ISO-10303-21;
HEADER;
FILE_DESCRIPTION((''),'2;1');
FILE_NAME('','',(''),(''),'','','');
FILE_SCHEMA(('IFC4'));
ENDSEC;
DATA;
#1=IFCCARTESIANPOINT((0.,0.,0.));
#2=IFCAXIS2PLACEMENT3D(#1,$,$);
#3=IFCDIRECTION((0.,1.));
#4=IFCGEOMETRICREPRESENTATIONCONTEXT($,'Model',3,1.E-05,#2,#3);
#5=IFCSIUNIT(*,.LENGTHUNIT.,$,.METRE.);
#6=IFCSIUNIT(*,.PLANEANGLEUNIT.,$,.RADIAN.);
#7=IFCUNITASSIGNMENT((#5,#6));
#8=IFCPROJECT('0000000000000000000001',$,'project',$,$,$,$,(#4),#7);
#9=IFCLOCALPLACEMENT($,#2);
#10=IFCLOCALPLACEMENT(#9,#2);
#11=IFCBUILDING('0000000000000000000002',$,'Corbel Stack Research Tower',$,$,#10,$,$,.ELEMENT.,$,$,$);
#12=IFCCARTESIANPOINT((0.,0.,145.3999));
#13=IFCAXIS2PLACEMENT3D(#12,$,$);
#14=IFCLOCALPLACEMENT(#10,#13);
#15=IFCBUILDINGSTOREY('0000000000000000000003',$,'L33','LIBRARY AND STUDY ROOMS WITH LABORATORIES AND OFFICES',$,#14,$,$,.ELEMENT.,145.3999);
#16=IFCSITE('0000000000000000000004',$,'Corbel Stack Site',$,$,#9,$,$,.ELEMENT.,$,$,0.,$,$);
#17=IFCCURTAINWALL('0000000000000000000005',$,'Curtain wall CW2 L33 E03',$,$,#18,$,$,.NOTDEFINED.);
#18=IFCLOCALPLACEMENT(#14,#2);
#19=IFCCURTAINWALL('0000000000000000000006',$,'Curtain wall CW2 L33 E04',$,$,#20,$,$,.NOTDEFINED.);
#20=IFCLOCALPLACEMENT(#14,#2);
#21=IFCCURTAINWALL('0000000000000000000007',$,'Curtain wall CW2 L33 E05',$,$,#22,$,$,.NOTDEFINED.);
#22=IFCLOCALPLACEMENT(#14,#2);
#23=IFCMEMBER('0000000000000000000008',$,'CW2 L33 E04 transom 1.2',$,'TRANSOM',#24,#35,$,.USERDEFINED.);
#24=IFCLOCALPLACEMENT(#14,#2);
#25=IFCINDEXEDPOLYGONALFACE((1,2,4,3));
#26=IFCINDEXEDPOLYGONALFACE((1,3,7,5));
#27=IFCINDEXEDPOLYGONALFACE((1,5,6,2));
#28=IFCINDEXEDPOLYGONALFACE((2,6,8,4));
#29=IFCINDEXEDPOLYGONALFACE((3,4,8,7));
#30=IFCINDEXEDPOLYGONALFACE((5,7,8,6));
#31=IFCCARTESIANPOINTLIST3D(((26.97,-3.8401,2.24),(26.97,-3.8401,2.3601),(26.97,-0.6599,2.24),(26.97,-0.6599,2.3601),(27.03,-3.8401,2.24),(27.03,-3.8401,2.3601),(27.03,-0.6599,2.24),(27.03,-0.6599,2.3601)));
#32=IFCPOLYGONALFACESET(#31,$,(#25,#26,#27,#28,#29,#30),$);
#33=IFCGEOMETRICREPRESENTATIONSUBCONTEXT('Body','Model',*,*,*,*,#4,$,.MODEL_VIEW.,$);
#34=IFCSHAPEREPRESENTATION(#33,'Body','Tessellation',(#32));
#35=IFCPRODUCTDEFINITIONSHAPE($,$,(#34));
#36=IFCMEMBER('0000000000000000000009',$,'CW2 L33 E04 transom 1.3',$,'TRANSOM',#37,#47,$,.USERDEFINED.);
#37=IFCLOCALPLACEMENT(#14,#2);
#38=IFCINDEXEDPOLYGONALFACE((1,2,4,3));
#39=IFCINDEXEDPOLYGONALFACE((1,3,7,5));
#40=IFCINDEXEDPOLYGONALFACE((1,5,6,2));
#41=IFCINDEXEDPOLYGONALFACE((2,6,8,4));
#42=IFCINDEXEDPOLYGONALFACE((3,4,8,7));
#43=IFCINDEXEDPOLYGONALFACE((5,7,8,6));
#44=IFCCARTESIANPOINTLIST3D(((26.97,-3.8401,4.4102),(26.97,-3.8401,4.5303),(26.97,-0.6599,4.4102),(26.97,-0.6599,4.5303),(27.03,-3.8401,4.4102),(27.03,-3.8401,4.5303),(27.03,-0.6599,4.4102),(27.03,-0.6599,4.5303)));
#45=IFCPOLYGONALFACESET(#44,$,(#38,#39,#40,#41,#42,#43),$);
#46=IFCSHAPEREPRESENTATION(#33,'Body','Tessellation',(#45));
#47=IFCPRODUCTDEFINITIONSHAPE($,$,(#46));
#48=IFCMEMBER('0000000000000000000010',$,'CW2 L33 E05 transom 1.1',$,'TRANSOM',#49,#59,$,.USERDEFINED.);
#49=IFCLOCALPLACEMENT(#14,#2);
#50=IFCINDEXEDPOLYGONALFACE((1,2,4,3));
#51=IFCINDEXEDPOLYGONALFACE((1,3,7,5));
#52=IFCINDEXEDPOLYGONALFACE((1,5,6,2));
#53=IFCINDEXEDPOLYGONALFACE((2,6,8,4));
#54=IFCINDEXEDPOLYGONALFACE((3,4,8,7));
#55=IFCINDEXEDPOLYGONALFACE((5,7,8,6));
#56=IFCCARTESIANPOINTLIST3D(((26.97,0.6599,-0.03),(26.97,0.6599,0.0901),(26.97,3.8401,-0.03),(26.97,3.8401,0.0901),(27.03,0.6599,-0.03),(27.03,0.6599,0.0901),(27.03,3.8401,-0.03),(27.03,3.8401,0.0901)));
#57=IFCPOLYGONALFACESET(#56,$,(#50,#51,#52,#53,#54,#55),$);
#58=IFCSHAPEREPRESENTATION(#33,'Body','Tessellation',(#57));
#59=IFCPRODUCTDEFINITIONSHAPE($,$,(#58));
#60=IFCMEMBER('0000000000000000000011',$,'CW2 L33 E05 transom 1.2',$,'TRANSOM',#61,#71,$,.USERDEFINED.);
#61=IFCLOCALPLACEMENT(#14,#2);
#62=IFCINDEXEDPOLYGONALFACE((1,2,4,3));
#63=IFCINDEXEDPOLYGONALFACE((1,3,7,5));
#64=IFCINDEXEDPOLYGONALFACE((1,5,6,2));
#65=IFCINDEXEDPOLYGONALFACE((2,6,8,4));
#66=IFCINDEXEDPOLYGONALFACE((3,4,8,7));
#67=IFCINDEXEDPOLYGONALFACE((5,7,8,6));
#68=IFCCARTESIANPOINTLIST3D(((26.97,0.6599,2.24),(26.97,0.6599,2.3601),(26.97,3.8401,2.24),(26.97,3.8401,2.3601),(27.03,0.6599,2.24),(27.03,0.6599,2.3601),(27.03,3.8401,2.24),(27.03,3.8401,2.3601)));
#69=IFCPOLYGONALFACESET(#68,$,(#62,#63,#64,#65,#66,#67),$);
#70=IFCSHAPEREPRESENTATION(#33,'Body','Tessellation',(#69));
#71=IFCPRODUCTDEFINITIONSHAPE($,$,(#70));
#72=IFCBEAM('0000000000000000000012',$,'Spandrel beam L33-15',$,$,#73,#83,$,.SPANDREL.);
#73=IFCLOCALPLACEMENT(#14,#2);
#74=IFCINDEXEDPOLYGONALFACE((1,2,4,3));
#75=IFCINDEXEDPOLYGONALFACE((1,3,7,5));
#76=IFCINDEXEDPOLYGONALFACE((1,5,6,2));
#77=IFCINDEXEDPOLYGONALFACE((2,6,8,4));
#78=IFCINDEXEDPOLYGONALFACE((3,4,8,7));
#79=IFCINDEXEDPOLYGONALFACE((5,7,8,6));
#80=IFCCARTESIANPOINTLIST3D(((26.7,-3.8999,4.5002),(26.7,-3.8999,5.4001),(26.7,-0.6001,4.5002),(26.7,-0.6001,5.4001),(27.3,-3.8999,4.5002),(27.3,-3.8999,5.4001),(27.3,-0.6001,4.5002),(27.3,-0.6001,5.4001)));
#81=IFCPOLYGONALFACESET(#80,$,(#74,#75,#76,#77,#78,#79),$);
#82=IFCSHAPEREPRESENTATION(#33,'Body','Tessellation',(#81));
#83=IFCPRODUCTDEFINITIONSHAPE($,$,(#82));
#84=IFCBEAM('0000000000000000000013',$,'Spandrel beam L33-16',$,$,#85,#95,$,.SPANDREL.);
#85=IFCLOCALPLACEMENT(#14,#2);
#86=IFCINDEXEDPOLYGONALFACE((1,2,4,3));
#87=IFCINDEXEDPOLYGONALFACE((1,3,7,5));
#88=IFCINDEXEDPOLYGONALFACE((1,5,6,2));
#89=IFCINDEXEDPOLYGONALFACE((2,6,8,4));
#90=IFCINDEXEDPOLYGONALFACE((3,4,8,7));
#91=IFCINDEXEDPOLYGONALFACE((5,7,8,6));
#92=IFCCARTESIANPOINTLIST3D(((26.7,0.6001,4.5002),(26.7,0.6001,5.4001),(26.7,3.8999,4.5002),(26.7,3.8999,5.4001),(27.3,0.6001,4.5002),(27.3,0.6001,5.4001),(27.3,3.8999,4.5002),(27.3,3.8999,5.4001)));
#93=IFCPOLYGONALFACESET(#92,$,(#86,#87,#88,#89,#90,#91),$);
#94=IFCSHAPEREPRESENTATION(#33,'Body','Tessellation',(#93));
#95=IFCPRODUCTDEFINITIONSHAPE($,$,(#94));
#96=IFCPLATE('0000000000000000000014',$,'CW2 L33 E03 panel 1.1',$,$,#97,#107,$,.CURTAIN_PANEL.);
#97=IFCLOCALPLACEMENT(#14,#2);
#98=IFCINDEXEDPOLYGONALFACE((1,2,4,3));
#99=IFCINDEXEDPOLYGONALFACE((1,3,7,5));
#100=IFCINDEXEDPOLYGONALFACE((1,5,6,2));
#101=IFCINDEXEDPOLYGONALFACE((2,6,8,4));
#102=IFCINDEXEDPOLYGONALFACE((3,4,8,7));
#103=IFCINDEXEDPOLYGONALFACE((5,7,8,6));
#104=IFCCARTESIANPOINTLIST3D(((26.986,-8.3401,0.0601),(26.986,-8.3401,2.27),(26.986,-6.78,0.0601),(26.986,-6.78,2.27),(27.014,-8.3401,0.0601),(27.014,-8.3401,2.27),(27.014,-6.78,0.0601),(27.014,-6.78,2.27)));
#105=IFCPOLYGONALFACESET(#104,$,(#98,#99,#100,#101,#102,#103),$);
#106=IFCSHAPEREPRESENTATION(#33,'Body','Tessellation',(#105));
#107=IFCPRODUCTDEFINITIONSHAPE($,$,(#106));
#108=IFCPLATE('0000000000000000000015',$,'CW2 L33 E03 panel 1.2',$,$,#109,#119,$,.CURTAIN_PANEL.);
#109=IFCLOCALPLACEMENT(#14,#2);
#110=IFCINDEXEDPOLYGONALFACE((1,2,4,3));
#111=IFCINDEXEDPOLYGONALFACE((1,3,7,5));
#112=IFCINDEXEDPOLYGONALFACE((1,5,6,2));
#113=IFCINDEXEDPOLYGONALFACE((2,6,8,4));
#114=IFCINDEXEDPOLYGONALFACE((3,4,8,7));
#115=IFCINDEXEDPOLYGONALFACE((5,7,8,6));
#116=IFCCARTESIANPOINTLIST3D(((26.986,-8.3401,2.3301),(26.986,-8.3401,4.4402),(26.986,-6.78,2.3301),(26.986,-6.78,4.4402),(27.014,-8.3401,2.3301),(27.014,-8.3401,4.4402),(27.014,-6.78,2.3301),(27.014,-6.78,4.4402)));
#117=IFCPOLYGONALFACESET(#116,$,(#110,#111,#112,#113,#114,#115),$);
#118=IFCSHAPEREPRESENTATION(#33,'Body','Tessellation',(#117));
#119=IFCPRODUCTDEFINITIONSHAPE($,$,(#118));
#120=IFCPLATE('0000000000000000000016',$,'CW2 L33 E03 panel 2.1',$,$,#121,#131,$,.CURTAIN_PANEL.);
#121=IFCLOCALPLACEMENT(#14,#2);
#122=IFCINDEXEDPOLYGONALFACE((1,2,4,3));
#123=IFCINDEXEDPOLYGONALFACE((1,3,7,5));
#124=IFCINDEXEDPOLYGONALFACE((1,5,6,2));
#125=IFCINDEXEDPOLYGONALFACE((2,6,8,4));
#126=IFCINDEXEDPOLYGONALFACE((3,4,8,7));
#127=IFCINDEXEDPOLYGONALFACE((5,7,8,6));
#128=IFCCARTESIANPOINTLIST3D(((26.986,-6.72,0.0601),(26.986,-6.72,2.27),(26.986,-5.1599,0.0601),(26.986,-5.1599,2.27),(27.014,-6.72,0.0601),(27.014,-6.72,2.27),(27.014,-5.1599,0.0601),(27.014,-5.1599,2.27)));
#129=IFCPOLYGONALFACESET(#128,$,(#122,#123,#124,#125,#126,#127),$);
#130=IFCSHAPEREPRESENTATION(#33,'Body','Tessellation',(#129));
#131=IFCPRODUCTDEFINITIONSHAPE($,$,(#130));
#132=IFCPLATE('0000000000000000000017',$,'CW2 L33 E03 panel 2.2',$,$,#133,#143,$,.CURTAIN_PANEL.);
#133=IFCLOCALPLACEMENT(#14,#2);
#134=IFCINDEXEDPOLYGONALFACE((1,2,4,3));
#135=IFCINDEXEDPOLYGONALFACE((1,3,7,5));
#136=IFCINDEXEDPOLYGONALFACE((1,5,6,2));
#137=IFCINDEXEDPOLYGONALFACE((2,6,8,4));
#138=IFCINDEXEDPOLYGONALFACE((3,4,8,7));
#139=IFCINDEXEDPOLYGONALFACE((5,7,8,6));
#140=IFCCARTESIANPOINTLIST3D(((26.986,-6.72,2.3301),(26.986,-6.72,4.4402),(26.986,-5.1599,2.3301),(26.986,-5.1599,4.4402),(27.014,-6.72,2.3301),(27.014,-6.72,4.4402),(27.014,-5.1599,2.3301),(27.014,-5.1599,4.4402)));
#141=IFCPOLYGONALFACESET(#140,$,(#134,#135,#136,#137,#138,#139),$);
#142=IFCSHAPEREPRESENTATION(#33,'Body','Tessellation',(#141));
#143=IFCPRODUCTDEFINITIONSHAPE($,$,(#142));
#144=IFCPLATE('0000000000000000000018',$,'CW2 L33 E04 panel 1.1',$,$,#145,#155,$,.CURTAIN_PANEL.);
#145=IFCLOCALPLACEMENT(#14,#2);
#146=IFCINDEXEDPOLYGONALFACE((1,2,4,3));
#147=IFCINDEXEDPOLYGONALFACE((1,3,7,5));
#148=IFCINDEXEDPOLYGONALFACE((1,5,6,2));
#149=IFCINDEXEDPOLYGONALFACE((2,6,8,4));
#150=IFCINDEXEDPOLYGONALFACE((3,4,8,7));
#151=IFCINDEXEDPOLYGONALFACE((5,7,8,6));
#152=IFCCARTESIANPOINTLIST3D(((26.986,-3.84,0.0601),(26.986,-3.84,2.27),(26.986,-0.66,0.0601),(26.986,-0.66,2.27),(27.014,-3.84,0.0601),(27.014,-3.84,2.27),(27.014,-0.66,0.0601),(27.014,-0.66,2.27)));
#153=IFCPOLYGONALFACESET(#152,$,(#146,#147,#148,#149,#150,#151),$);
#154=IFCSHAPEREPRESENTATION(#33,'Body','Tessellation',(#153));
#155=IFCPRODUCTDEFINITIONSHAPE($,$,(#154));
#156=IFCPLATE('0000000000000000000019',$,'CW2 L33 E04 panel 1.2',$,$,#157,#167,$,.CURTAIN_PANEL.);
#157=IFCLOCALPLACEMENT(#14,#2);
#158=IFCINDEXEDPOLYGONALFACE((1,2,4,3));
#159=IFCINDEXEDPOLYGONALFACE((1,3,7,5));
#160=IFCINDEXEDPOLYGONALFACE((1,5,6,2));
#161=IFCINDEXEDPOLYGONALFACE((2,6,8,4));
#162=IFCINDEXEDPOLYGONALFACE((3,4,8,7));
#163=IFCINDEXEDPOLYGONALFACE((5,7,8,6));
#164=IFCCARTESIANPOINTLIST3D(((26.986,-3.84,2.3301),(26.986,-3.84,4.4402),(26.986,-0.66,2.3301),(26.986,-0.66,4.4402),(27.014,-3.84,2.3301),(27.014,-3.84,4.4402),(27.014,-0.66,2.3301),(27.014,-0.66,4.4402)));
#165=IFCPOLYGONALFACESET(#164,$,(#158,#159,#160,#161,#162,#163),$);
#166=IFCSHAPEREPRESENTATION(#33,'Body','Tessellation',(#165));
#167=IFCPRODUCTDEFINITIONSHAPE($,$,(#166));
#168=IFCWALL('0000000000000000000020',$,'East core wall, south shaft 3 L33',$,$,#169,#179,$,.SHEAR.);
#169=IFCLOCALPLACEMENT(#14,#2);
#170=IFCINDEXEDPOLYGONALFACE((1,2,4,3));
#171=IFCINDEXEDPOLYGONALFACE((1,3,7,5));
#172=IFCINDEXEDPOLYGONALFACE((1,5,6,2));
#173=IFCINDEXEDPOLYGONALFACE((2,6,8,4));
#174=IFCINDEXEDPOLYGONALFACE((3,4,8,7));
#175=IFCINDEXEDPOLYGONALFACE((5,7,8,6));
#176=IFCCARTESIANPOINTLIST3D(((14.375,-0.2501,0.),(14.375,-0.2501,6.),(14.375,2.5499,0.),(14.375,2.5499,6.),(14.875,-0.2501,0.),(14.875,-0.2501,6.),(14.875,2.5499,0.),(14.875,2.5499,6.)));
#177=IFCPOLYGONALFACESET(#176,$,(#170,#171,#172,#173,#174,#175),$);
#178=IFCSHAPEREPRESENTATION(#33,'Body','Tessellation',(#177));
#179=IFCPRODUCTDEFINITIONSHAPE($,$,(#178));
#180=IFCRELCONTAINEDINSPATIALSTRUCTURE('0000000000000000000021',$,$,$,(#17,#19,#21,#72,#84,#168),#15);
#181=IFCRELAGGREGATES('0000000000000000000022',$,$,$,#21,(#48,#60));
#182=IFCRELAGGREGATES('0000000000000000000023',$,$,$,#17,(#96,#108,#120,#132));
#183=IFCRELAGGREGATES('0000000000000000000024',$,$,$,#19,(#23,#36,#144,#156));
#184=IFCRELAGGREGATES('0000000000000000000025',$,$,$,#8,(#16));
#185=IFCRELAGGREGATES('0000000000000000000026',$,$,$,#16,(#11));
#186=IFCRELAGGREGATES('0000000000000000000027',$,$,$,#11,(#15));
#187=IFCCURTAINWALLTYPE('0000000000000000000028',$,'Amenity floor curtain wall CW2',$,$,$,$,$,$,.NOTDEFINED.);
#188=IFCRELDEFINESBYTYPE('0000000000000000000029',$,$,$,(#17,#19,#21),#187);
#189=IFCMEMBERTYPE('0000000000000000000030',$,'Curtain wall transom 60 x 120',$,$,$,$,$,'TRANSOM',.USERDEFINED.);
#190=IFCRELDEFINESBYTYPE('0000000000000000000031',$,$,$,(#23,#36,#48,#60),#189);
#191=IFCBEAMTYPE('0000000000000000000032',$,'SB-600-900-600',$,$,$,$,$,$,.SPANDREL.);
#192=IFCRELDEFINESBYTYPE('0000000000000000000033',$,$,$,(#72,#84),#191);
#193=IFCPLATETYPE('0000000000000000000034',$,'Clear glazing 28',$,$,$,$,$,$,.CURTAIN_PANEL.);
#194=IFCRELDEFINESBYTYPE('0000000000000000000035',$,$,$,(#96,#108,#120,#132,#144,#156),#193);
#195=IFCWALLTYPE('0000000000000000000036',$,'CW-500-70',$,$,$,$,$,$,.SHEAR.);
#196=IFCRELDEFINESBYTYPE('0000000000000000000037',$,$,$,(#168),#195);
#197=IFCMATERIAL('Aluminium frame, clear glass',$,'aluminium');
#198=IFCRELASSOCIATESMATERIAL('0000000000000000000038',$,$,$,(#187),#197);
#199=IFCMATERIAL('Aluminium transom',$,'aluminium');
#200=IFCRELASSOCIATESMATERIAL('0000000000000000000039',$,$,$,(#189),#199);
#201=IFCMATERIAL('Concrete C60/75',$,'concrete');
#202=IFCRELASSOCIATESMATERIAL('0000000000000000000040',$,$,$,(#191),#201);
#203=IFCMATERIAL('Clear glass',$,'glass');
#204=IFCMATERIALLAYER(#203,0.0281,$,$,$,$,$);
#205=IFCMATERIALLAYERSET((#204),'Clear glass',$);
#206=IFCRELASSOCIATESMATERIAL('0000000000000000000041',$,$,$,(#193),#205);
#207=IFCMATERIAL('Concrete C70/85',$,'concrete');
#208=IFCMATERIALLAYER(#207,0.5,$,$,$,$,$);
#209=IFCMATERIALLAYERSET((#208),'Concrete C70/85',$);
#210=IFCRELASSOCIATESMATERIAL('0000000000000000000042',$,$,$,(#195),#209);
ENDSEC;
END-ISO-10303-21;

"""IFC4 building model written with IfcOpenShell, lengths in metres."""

from ifc_helpers import new_model, si_unit, direction, frame, frame_2d, origin, origin_2d, place, context, subcontext, project, spatial, rectangle, extrude, material, layer, layer_set, material_profile, profile_set, type_object, element, aggregate, save


model = new_model("IFC4")

# Units and contexts
model_context = context("Model", 3, precision=1e-05, world=origin(), true_north=direction((0.0, 1.0)))
body_context = subcontext(model_context, "Body", "Model", "MODEL_VIEW")
ifc_project = project(units=[si_unit("LENGTHUNIT", "METRE"), si_unit("PLANEANGLEUNIT", "RADIAN")], contexts=[model_context])

# Site, building, storey
site_placement = place(None, origin())
site = spatial("IfcSite", under=ifc_project, at=site_placement, Name="Corbel Stack Site", CompositionType="ELEMENT", RefElevation=0.0)
building_placement = place(site_placement, origin())
building = spatial("IfcBuilding", under=site, at=building_placement, Name="Corbel Stack Research Tower", CompositionType="ELEMENT")
storey_placement = place(building_placement, frame((0.0, 0.0, 145.3999)))
storey = spatial("IfcBuildingStorey", under=building, at=storey_placement, Name="L33", Description="LIBRARY AND STUDY ROOMS WITH LABORATORIES AND OFFICES", CompositionType="ELEMENT", Elevation=145.3999)

# Curtain walls
ifc_material_1 = material(Name="Aluminium frame, clear glass", Category="aluminium")
curtain_wall_type = type_object("IfcCurtainWallType", Name="Amenity floor curtain wall CW2", PredefinedType="NOTDEFINED", material=ifc_material_1)
curtain_wall_1_placement = place(storey_placement, origin())
curtain_wall_1 = element("IfcCurtainWall", 1, at=curtain_wall_1_placement, inside=storey, type_object=curtain_wall_type, Name="Curtain wall CW2 L33 E03", PredefinedType="NOTDEFINED")
curtain_wall_2_placement = place(storey_placement, origin())
curtain_wall_2 = element("IfcCurtainWall", 2, at=curtain_wall_2_placement, inside=storey, type_object=curtain_wall_type, Name="Curtain wall CW2 L33 E04", PredefinedType="NOTDEFINED")

# Curtain wall
curtain_wall_3_placement = place(storey_placement, origin())
curtain_wall_3 = element("IfcCurtainWall", 3, at=curtain_wall_3_placement, inside=storey, type_object=curtain_wall_type, Name="Curtain wall CW2 L33 E05", PredefinedType="NOTDEFINED")

# Members
ifc_material_2 = material(Name="Aluminium transom", Category="aluminium")
ifc_material_profile_1 = material_profile(ifc_material_2, rectangle(XDim=0.0601, YDim=0.1201, at=origin_2d()), Name="Transom 60 x 120")
ifc_profile_set_1 = profile_set([ifc_material_profile_1], Name="Aluminium transom")
member_type_1 = type_object("IfcMemberType", Name="Curtain wall transom 60 x 120", ElementType="TRANSOM", PredefinedType="USERDEFINED", material=ifc_profile_set_1)
member_1_placement = place(storey_placement, frame((27.0, -3.8401, 2.3), z_axis=(0.0, 1.0, 0.0), x_axis=(-1.0, 0.0, 0.0)))
member_1 = element("IfcMember", 4, at=member_1_placement, type_object=member_type_1, Name="CW2 L33 E04 transom 1.2", ObjectType="TRANSOM", PredefinedType="USERDEFINED", context=body_context, shape_type="SweptSolid", body=[
    extrude(rectangle(XDim=0.0601, YDim=0.1201, at=origin_2d()), origin(), (0.0, 0.0, 1.0), 3.1802),
])
member_2_placement = place(storey_placement, frame((27.0, -3.8401, 4.4702), z_axis=(0.0, 1.0, 0.0), x_axis=(-1.0, 0.0, 0.0)))
member_2 = element("IfcMember", 5, at=member_2_placement, type_object=member_type_1, Name="CW2 L33 E04 transom 1.3", ObjectType="TRANSOM", PredefinedType="USERDEFINED", context=body_context, shape_type="SweptSolid", body=[
    extrude(rectangle(XDim=0.0601, YDim=0.1201, at=origin_2d()), origin(), (0.0, 0.0, 1.0), 3.1802),
])
member_3_placement = place(storey_placement, frame((27.0, 0.6599, 0.03), z_axis=(0.0, 1.0, 0.0), x_axis=(-1.0, 0.0, 0.0)))
member_3 = element("IfcMember", 6, at=member_3_placement, type_object=member_type_1, Name="CW2 L33 E05 transom 1.1", ObjectType="TRANSOM", PredefinedType="USERDEFINED", context=body_context, shape_type="SweptSolid", body=[
    extrude(rectangle(XDim=0.0601, YDim=0.1201, at=origin_2d()), origin(), (0.0, 0.0, 1.0), 3.1802),
])
member_4_placement = place(storey_placement, frame((27.0, 0.6599, 2.3), z_axis=(0.0, 1.0, 0.0), x_axis=(-1.0, 0.0, 0.0)))
member_4 = element("IfcMember", 7, at=member_4_placement, type_object=member_type_1, Name="CW2 L33 E05 transom 1.2", ObjectType="TRANSOM", PredefinedType="USERDEFINED", context=body_context, shape_type="SweptSolid", body=[
    extrude(rectangle(XDim=0.0601, YDim=0.1201, at=origin_2d()), origin(), (0.0, 0.0, 1.0), 3.1802),
])
aggregate(curtain_wall_3, [member_3, member_4])

# Beams
ifc_material_3 = material(Name="Concrete C60/75", Category="concrete")
ifc_material_profile_2 = material_profile(ifc_material_3, rectangle(XDim=0.6001, YDim=0.8999, at=origin_2d()), Name="RC 600 x 900")
ifc_profile_set_2 = profile_set([ifc_material_profile_2], Name="Concrete C60/75")
beam_type = type_object("IfcBeamType", Name="SB-600-900-600", PredefinedType="SPANDREL", material=ifc_profile_set_2)
for number, where, z_axis, x_axis, name in (
    (8, (27.0, -3.8999, 4.9502), (0.0, 1.0, 0.0), (-1.0, 0.0, 0.0), "Spandrel beam L33-15"),
    (9, (27.0, 0.6001, 4.9502), (0.0, 1.0, 0.0), (-1.0, 0.0, 0.0), "Spandrel beam L33-16"),
):
    element("IfcBeam", number, at=place(storey_placement, frame(where, z_axis=z_axis, x_axis=x_axis)), inside=storey, type_object=beam_type, Name=name, PredefinedType="SPANDREL", context=body_context, shape_type="SweptSolid", body=[
        extrude(rectangle(XDim=0.6001, YDim=0.8999, at=origin_2d()), origin(), (0.0, 0.0, 1.0), 3.2998),
    ])

# Plates
ifc_material_4 = material(Name="Clear glass", Category="glass")
ifc_layer_1 = layer(ifc_material_4, 0.0281)
ifc_layer_set_1 = layer_set([ifc_layer_1], Name="Clear glass")
plate_type = type_object("IfcPlateType", Name="Clear glazing 28", PredefinedType="CURTAIN_PANEL", material=ifc_layer_set_1)
plate_1_placement = place(storey_placement, frame((27.0, -7.5601, 0.0601), z_axis=(0.0, 0.0, 1.0), x_axis=(0.0, 1.0, 0.0)))
plate_1 = element("IfcPlate", 10, at=plate_1_placement, type_object=plate_type, Name="CW2 L33 E03 panel 1.1", PredefinedType="CURTAIN_PANEL", context=body_context, shape_type="SweptSolid", body=[
    extrude(rectangle(XDim=1.5601, YDim=0.0281, at=origin_2d()), origin(), (0.0, 0.0, 1.0), 2.21),
])
plate_2_placement = place(storey_placement, frame((27.0, -7.5601, 2.3301), z_axis=(0.0, 0.0, 1.0), x_axis=(0.0, 1.0, 0.0)))
plate_2 = element("IfcPlate", 11, at=plate_2_placement, type_object=plate_type, Name="CW2 L33 E03 panel 1.2", PredefinedType="CURTAIN_PANEL", context=body_context, shape_type="SweptSolid", body=[
    extrude(rectangle(XDim=1.5601, YDim=0.0281, at=origin_2d()), origin(), (0.0, 0.0, 1.0), 2.1101),
])
plate_3_placement = place(storey_placement, frame((27.0, -5.9399, 0.0601), z_axis=(0.0, 0.0, 1.0), x_axis=(0.0, 1.0, 0.0)))
plate_3 = element("IfcPlate", 12, at=plate_3_placement, type_object=plate_type, Name="CW2 L33 E03 panel 2.1", PredefinedType="CURTAIN_PANEL", context=body_context, shape_type="SweptSolid", body=[
    extrude(rectangle(XDim=1.5601, YDim=0.0281, at=origin_2d()), origin(), (0.0, 0.0, 1.0), 2.21),
])
plate_4_placement = place(storey_placement, frame((27.0, -5.9399, 2.3301), z_axis=(0.0, 0.0, 1.0), x_axis=(0.0, 1.0, 0.0)))
plate_4 = element("IfcPlate", 13, at=plate_4_placement, type_object=plate_type, Name="CW2 L33 E03 panel 2.2", PredefinedType="CURTAIN_PANEL", context=body_context, shape_type="SweptSolid", body=[
    extrude(rectangle(XDim=1.5601, YDim=0.0281, at=origin_2d()), origin(), (0.0, 0.0, 1.0), 2.1101),
])
aggregate(curtain_wall_1, [plate_1, plate_2, plate_3, plate_4])
plate_5_placement = place(storey_placement, frame((27.0, -2.25, 0.0601), z_axis=(0.0, 0.0, 1.0), x_axis=(0.0, 1.0, 0.0)))
plate_5 = element("IfcPlate", 14, at=plate_5_placement, type_object=plate_type, Name="CW2 L33 E04 panel 1.1", PredefinedType="CURTAIN_PANEL", context=body_context, shape_type="SweptSolid", body=[
    extrude(rectangle(XDim=3.1799, YDim=0.0281, at=origin_2d()), origin(), (0.0, 0.0, 1.0), 2.21),
])
plate_6_placement = place(storey_placement, frame((27.0, -2.25, 2.3301), z_axis=(0.0, 0.0, 1.0), x_axis=(0.0, 1.0, 0.0)))
plate_6 = element("IfcPlate", 15, at=plate_6_placement, type_object=plate_type, Name="CW2 L33 E04 panel 1.2", PredefinedType="CURTAIN_PANEL", context=body_context, shape_type="SweptSolid", body=[
    extrude(rectangle(XDim=3.1799, YDim=0.0281, at=origin_2d()), origin(), (0.0, 0.0, 1.0), 2.1101),
])
aggregate(curtain_wall_2, [member_1, member_2, plate_5, plate_6])

# Wall
ifc_material_5 = material(Name="Concrete C70/85", Category="concrete")
ifc_layer_2 = layer(ifc_material_5, 0.5)
ifc_layer_set_2 = layer_set([ifc_layer_2], Name="Concrete C70/85")
wall_type = type_object("IfcWallType", Name="CW-500-70", PredefinedType="SHEAR", material=ifc_layer_set_2)
wall_placement = place(storey_placement, frame((14.625, -0.25, 0.0), z_axis=(0.0, 0.0, 1.0), x_axis=(0.0, 1.0, 0.0)))
element("IfcWall", 16, at=wall_placement, inside=storey, type_object=wall_type, Name="East core wall, south shaft 3 L33", PredefinedType="SHEAR", context=body_context, shape_type="SweptSolid", body=[
    extrude(rectangle(XDim=2.8, YDim=0.5, at=frame_2d((1.3999, 0.0))), origin(), (0.0, 0.0, 1.0), 6.0),
])

save(model, "model.ifc")
